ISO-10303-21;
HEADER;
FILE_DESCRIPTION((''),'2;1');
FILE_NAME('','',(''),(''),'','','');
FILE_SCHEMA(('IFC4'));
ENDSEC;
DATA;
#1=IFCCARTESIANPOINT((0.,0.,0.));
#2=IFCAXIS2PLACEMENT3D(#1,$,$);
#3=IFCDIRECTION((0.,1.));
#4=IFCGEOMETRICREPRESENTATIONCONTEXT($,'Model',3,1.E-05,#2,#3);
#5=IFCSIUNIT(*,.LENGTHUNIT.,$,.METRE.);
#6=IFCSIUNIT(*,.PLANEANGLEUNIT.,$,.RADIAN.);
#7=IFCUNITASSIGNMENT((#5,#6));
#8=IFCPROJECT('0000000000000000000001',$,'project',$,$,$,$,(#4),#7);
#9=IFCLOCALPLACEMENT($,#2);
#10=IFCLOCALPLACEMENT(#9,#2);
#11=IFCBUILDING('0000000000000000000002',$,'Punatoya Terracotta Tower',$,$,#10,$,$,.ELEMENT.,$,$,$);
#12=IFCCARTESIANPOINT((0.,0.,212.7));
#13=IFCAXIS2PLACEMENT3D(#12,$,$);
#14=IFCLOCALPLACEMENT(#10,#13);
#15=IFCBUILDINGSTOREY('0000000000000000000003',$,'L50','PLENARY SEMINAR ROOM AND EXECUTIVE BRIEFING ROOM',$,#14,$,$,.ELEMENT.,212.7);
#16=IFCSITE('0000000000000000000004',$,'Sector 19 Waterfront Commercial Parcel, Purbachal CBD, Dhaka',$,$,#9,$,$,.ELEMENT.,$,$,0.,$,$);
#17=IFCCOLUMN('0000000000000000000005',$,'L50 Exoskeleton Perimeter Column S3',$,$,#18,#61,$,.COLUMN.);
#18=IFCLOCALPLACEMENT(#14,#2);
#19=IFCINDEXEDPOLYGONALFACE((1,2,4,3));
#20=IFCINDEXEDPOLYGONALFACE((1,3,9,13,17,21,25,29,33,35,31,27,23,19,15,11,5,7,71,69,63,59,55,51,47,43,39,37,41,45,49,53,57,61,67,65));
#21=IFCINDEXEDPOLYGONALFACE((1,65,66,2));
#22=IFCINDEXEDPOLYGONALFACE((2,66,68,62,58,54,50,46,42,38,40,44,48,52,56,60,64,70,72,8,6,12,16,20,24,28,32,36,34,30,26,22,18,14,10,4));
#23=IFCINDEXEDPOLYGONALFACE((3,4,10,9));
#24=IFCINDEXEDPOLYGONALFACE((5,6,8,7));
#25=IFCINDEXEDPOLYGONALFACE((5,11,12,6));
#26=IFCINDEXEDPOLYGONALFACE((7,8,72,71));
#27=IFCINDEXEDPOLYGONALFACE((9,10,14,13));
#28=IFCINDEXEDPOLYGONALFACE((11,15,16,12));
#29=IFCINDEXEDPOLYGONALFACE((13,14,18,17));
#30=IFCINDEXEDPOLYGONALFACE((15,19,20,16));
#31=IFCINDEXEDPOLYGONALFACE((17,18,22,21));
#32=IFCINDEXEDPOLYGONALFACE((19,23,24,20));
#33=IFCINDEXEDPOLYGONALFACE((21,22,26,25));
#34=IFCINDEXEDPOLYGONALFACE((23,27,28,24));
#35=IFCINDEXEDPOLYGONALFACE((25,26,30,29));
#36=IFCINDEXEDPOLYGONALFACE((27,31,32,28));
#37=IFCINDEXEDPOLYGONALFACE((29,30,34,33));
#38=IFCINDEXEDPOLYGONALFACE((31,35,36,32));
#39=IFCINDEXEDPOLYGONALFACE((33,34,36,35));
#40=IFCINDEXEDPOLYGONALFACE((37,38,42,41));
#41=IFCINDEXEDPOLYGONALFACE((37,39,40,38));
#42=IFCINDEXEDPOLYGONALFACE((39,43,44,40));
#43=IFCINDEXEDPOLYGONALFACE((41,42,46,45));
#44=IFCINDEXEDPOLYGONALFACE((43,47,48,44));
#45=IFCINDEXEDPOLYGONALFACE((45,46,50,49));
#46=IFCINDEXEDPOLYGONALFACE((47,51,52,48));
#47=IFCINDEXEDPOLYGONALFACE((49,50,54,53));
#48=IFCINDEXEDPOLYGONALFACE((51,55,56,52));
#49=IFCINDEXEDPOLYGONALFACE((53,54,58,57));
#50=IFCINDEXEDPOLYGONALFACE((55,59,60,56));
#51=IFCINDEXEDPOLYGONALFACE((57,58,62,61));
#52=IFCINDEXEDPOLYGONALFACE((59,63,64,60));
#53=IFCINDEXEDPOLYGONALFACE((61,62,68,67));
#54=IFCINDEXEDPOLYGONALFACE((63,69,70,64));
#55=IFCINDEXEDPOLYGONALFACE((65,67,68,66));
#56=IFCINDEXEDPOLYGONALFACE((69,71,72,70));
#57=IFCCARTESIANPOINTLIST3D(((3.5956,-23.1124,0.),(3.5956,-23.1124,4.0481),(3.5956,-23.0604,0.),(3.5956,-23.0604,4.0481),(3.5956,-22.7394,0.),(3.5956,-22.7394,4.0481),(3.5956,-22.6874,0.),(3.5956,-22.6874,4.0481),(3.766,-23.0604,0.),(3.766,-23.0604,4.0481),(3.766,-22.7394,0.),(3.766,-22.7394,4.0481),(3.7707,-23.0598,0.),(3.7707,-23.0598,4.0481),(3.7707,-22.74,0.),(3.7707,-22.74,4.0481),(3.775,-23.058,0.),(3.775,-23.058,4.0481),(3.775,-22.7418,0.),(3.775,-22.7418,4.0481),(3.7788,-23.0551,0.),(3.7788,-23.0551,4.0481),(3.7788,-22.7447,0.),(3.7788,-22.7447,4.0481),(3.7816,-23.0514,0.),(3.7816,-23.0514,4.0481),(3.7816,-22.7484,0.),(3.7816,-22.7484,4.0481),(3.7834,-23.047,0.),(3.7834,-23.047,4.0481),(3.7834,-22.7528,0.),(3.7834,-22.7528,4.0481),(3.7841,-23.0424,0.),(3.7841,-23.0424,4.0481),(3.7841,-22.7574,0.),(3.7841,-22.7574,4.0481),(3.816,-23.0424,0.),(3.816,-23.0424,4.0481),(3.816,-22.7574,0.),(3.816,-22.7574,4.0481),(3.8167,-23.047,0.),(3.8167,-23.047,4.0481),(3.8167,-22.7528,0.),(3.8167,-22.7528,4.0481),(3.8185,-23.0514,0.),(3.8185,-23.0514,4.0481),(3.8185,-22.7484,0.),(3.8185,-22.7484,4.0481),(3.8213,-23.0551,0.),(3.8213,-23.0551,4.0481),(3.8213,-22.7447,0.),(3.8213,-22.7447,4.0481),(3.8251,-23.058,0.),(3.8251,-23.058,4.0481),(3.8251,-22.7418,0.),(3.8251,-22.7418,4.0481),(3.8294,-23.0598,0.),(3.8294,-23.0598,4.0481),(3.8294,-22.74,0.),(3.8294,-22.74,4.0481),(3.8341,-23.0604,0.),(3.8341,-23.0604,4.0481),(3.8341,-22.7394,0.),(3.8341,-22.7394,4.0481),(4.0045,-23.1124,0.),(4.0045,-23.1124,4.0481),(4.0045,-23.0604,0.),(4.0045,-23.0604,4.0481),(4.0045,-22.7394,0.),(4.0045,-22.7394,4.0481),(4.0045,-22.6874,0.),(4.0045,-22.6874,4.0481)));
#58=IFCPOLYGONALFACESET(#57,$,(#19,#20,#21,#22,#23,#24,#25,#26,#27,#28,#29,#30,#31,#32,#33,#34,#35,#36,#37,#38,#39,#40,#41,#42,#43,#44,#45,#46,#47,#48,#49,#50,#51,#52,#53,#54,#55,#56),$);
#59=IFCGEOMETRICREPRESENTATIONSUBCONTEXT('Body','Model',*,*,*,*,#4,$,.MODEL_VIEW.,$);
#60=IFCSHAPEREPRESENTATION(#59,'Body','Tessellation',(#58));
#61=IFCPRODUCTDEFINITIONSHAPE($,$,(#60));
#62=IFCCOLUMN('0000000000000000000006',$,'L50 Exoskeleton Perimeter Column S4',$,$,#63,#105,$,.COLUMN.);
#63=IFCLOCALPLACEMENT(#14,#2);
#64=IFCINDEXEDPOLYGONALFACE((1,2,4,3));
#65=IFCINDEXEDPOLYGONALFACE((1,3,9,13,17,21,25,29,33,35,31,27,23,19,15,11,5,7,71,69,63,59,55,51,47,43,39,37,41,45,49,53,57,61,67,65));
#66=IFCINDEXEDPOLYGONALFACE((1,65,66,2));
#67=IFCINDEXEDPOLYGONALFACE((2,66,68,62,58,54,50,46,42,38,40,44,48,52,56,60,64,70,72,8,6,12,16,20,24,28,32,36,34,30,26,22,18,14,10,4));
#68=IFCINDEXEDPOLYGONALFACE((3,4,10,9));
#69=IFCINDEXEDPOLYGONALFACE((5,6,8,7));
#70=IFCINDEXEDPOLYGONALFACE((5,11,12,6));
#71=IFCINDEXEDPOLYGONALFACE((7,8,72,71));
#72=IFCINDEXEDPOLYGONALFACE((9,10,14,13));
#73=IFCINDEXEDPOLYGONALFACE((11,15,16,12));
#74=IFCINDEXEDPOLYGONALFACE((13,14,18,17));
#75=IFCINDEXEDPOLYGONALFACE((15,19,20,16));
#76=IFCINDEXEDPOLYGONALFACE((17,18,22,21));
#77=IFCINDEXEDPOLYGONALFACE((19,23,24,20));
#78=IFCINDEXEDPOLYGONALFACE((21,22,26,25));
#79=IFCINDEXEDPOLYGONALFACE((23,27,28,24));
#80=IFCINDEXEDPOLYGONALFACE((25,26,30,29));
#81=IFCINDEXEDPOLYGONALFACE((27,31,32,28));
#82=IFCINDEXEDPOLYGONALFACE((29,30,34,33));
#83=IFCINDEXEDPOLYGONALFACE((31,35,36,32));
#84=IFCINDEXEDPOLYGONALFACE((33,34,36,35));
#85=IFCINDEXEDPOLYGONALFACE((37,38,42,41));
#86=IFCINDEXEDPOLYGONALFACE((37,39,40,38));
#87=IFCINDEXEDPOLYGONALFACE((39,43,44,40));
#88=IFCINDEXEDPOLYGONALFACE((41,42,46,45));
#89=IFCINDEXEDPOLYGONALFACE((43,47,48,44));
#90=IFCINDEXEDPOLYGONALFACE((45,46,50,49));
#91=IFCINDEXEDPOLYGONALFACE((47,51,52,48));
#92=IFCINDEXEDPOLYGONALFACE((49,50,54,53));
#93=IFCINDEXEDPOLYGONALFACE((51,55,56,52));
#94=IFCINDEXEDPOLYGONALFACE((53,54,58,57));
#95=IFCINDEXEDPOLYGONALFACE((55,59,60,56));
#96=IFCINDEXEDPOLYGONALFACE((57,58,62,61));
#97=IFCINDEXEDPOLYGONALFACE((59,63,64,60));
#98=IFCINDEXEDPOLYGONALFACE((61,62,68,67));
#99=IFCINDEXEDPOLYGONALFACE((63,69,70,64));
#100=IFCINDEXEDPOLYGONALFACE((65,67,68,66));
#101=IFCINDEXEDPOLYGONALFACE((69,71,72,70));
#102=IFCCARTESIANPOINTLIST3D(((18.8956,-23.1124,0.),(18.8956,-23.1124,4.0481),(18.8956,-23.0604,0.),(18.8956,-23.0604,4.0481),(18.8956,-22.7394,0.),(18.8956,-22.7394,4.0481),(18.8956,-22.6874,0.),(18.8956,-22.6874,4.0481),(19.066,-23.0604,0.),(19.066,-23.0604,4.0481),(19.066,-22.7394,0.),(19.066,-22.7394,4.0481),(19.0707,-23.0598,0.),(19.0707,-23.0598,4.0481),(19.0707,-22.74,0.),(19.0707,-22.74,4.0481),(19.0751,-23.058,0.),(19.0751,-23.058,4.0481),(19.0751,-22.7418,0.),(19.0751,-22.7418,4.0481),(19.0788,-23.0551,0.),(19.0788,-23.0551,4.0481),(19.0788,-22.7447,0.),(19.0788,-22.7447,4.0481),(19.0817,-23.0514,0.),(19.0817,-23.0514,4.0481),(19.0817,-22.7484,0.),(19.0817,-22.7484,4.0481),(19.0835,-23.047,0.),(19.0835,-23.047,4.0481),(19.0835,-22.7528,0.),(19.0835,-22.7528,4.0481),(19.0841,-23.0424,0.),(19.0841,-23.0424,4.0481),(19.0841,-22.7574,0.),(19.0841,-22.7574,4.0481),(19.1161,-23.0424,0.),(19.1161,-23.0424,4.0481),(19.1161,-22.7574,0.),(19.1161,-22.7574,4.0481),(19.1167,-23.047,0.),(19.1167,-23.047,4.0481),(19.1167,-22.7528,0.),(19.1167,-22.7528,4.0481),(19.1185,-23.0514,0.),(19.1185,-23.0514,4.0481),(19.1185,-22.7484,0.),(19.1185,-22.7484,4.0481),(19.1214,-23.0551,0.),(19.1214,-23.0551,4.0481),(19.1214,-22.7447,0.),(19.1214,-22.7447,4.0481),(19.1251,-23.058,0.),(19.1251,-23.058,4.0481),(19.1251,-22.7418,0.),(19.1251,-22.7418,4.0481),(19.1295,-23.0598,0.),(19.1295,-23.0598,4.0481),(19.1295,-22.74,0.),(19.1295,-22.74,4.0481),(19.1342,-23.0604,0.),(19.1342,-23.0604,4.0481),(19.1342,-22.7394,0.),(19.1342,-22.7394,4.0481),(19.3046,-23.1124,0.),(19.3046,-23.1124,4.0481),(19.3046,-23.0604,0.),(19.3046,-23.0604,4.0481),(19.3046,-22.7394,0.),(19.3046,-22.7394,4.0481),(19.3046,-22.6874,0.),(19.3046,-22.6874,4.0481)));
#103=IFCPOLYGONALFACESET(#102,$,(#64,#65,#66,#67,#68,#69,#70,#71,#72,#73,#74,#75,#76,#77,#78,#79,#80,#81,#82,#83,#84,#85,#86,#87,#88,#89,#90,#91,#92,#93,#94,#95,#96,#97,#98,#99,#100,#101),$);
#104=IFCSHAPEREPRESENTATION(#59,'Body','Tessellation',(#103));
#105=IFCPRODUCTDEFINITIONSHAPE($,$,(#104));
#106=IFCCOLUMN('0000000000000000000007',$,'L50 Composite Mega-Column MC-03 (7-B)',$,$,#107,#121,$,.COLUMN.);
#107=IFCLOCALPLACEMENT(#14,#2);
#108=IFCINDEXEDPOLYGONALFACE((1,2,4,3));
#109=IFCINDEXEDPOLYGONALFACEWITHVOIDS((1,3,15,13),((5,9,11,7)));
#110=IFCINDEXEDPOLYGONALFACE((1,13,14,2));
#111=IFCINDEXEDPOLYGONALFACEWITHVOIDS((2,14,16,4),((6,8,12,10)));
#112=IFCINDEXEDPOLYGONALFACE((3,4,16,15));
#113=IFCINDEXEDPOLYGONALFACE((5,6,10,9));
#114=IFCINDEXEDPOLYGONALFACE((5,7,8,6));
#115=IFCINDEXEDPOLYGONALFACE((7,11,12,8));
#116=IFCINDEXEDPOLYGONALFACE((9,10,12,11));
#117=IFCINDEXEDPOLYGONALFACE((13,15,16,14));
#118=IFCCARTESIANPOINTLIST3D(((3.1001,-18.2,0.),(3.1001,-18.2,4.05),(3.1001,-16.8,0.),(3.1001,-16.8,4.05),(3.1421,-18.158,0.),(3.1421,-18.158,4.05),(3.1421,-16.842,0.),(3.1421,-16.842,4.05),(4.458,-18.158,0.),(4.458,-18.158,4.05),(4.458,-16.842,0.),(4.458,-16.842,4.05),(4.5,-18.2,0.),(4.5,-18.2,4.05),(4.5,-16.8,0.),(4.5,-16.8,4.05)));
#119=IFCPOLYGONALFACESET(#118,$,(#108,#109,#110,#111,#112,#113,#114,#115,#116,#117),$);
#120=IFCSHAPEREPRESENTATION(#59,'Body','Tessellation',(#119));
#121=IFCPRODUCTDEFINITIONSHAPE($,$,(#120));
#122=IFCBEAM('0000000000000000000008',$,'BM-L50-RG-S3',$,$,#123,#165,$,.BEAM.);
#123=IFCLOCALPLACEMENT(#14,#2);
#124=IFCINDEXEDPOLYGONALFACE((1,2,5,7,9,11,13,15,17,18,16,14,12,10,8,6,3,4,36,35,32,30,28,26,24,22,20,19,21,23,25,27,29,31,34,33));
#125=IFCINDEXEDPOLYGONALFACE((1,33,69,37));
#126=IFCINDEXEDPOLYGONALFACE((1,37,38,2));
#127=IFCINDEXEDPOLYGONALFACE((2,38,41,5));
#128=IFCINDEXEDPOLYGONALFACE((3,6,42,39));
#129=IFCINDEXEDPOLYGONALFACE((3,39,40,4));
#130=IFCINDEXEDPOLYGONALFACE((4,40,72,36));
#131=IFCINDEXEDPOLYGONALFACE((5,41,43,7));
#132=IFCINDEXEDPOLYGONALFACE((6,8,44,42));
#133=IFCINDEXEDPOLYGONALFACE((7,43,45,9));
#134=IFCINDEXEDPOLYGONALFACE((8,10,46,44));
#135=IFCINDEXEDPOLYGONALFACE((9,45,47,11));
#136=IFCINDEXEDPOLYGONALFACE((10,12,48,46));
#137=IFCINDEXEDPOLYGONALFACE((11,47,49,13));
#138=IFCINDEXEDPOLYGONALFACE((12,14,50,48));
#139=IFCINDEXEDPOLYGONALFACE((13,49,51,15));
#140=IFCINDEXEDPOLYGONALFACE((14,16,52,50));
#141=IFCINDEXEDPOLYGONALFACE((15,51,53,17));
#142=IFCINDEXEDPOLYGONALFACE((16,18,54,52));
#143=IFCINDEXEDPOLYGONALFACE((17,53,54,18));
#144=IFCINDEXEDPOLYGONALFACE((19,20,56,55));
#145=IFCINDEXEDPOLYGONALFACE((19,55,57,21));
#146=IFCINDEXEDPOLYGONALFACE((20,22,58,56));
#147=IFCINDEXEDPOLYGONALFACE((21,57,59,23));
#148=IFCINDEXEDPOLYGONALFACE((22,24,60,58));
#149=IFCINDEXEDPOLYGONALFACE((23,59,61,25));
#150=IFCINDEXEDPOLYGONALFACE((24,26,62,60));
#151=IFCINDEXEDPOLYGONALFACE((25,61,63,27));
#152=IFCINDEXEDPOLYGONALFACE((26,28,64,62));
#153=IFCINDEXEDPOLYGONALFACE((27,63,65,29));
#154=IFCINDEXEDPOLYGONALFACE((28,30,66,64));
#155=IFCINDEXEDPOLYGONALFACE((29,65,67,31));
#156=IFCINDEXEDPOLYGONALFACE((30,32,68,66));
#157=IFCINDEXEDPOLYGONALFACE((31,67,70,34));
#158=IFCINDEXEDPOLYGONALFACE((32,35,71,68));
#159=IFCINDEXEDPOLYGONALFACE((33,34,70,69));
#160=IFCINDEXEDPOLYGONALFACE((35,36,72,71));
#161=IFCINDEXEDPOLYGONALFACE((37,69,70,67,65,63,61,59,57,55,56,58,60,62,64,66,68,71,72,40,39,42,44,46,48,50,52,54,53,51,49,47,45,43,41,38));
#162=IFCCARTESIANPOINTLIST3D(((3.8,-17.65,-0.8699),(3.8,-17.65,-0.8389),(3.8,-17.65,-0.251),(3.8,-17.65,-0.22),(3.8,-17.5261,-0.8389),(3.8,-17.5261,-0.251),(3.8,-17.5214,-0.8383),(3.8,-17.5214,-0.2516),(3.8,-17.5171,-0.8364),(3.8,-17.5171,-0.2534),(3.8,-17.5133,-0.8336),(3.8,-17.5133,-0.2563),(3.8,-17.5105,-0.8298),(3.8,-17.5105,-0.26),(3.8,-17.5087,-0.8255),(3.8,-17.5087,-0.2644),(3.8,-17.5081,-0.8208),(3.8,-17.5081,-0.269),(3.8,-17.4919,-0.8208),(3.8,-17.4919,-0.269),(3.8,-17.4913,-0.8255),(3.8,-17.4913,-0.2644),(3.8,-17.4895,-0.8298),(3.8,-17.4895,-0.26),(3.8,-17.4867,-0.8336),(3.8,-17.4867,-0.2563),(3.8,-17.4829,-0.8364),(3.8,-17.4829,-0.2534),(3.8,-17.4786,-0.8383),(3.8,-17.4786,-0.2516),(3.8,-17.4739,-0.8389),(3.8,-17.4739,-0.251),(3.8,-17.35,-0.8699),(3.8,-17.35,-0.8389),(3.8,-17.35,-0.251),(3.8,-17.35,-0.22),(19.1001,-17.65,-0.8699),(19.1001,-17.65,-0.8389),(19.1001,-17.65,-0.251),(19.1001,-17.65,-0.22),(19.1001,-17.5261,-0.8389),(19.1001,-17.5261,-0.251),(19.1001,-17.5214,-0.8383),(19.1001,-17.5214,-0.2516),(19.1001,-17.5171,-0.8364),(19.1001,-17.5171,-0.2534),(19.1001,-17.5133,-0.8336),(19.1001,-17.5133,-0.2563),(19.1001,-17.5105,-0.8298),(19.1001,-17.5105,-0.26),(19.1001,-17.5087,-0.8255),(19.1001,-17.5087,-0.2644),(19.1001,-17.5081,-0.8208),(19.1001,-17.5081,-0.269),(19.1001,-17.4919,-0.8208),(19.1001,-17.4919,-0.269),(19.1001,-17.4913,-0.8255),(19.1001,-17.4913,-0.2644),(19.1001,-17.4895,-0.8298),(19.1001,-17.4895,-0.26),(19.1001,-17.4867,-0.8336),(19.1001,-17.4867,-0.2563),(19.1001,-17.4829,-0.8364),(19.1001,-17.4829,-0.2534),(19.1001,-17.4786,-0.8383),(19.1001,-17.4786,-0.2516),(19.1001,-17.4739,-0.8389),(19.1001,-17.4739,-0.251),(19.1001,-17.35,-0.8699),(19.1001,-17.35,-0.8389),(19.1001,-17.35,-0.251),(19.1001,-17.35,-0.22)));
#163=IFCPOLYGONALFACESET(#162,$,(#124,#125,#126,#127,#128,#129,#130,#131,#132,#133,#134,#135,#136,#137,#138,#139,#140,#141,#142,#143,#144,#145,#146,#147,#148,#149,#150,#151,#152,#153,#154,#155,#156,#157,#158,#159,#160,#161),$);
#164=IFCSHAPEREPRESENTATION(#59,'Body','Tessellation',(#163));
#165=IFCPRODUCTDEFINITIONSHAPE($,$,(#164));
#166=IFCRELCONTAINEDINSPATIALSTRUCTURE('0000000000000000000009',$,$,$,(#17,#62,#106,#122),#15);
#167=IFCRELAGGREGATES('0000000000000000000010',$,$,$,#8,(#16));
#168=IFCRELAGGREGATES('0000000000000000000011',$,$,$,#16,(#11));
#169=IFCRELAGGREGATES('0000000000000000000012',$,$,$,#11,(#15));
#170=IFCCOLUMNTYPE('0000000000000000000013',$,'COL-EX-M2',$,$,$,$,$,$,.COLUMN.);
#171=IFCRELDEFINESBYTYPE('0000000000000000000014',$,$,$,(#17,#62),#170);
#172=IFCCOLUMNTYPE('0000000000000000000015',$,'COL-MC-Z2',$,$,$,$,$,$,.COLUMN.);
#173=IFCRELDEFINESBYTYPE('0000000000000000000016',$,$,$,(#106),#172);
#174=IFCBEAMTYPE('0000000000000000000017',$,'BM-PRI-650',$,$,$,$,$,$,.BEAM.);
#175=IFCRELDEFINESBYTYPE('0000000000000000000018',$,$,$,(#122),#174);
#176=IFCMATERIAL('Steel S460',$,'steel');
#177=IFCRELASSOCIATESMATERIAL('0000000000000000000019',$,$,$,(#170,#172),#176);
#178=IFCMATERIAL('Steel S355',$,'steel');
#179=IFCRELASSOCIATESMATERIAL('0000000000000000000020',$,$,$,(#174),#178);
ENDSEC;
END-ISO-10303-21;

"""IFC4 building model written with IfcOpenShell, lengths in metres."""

from ifc_helpers import new_model, si_unit, direction, frame, origin, origin_2d, place, context, subcontext, project, spatial, hollow_rectangle, i_section, extrude, material, material_profile, profile_set, type_object, element, save


model = new_model("IFC4")

# Units and contexts
model_context = context("Model", 3, precision=1e-05, world=origin(), true_north=direction((0.0, 1.0)))
body_context = subcontext(model_context, "Body", "Model", "MODEL_VIEW")
ifc_project = project(units=[si_unit("LENGTHUNIT", "METRE"), si_unit("PLANEANGLEUNIT", "RADIAN")], contexts=[model_context])

# Site, building, storey
site_placement = place(None, origin())
site = spatial("IfcSite", under=ifc_project, at=site_placement, Name="Sector 19 Waterfront Commercial Parcel, Purbachal CBD, Dhaka", CompositionType="ELEMENT", RefElevation=0.0)
building_placement = place(site_placement, origin())
building = spatial("IfcBuilding", under=site, at=building_placement, Name="Punatoya Terracotta Tower", CompositionType="ELEMENT")
storey_placement = place(building_placement, frame((0.0, 0.0, 212.7)))
storey = spatial("IfcBuildingStorey", under=building, at=storey_placement, Name="L50", Description="PLENARY SEMINAR ROOM AND EXECUTIVE BRIEFING ROOM", CompositionType="ELEMENT", Elevation=212.7)

# Columns
ifc_material_1 = material(Name="Steel S460", Category="steel")
ifc_material_profile_1 = material_profile(ifc_material_1, i_section(OverallWidth=0.4089, OverallDepth=0.425, WebThickness=0.032, FlangeThickness=0.052, FilletRadius=0.0181, at=origin_2d()))
ifc_profile_set_1 = profile_set([ifc_material_profile_1], Name="Steel S460")
column_type_1 = type_object("IfcColumnType", Name="COL-EX-M2", PredefinedType="COLUMN", material=ifc_profile_set_1)
for number, where, z_axis, x_axis, name in (
    (1, (3.8, -22.8999, 0.0), (0.0, 0.0, 1.0), (1.0, 0.0, 0.0), "L50 Exoskeleton Perimeter Column S3"),
    (2, (19.1001, -22.8999, 0.0), (0.0, 0.0, 1.0), (1.0, 0.0, 0.0), "L50 Exoskeleton Perimeter Column S4"),
):
    element("IfcColumn", number, at=place(storey_placement, frame(where, z_axis=z_axis, x_axis=x_axis)), inside=storey, type_object=column_type_1, Name=name, PredefinedType="COLUMN", context=body_context, shape_type="SweptSolid", body=[
        extrude(i_section(OverallWidth=0.4089, OverallDepth=0.425, WebThickness=0.032, FlangeThickness=0.052, FilletRadius=0.0181, at=origin_2d()), origin(), (0.0, 0.0, 1.0), 4.0481),
    ])
ifc_material_profile_2 = material_profile(ifc_material_1, hollow_rectangle(XDim=1.3999, YDim=1.3999, WallThickness=0.042, at=origin_2d()))
ifc_profile_set_2 = profile_set([ifc_material_profile_2], Name="Steel S460")
column_type_2 = type_object("IfcColumnType", Name="COL-MC-Z2", PredefinedType="COLUMN", material=ifc_profile_set_2)
column_placement = place(storey_placement, frame((3.8, -17.5, 0.0), z_axis=(0.0, 0.0, 1.0), x_axis=(1.0, 0.0, 0.0)))
element("IfcColumn", 3, at=column_placement, inside=storey, type_object=column_type_2, Name="L50 Composite Mega-Column MC-03 (7-B)", PredefinedType="COLUMN", context=body_context, shape_type="SweptSolid", body=[
    extrude(hollow_rectangle(XDim=1.3999, YDim=1.3999, WallThickness=0.042, at=origin_2d()), origin(), (0.0, 0.0, 1.0), 4.05),
])

# Beam
ifc_material_2 = material(Name="Steel S355", Category="steel")
ifc_material_profile_3 = material_profile(ifc_material_2, i_section(OverallWidth=0.3, OverallDepth=0.6499, WebThickness=0.0161, FlangeThickness=0.031, FilletRadius=0.0181, at=origin_2d()))
ifc_profile_set_3 = profile_set([ifc_material_profile_3], Name="Steel S355")
beam_type_1 = type_object("IfcBeamType", Name="BM-PRI-650", PredefinedType="BEAM", material=ifc_profile_set_3)
beam_1_placement = place(storey_placement, frame((3.8, -17.5, -0.5449), z_axis=(1.0, 0.0, 0.0), x_axis=(0.0, 1.0, 0.0)))
element("IfcBeam", 4, at=beam_1_placement, inside=storey, type_object=beam_type_1, Name="BM-L50-RG-S3", PredefinedType="BEAM", context=body_context, shape_type="SweptSolid", body=[
    extrude(i_section(OverallWidth=0.3, OverallDepth=0.6499, WebThickness=0.0161, FlangeThickness=0.031, FilletRadius=0.0181, at=origin_2d()), origin(), (0.0, 0.0, 1.0), 15.3),
])

save(model, "model.ifc")
